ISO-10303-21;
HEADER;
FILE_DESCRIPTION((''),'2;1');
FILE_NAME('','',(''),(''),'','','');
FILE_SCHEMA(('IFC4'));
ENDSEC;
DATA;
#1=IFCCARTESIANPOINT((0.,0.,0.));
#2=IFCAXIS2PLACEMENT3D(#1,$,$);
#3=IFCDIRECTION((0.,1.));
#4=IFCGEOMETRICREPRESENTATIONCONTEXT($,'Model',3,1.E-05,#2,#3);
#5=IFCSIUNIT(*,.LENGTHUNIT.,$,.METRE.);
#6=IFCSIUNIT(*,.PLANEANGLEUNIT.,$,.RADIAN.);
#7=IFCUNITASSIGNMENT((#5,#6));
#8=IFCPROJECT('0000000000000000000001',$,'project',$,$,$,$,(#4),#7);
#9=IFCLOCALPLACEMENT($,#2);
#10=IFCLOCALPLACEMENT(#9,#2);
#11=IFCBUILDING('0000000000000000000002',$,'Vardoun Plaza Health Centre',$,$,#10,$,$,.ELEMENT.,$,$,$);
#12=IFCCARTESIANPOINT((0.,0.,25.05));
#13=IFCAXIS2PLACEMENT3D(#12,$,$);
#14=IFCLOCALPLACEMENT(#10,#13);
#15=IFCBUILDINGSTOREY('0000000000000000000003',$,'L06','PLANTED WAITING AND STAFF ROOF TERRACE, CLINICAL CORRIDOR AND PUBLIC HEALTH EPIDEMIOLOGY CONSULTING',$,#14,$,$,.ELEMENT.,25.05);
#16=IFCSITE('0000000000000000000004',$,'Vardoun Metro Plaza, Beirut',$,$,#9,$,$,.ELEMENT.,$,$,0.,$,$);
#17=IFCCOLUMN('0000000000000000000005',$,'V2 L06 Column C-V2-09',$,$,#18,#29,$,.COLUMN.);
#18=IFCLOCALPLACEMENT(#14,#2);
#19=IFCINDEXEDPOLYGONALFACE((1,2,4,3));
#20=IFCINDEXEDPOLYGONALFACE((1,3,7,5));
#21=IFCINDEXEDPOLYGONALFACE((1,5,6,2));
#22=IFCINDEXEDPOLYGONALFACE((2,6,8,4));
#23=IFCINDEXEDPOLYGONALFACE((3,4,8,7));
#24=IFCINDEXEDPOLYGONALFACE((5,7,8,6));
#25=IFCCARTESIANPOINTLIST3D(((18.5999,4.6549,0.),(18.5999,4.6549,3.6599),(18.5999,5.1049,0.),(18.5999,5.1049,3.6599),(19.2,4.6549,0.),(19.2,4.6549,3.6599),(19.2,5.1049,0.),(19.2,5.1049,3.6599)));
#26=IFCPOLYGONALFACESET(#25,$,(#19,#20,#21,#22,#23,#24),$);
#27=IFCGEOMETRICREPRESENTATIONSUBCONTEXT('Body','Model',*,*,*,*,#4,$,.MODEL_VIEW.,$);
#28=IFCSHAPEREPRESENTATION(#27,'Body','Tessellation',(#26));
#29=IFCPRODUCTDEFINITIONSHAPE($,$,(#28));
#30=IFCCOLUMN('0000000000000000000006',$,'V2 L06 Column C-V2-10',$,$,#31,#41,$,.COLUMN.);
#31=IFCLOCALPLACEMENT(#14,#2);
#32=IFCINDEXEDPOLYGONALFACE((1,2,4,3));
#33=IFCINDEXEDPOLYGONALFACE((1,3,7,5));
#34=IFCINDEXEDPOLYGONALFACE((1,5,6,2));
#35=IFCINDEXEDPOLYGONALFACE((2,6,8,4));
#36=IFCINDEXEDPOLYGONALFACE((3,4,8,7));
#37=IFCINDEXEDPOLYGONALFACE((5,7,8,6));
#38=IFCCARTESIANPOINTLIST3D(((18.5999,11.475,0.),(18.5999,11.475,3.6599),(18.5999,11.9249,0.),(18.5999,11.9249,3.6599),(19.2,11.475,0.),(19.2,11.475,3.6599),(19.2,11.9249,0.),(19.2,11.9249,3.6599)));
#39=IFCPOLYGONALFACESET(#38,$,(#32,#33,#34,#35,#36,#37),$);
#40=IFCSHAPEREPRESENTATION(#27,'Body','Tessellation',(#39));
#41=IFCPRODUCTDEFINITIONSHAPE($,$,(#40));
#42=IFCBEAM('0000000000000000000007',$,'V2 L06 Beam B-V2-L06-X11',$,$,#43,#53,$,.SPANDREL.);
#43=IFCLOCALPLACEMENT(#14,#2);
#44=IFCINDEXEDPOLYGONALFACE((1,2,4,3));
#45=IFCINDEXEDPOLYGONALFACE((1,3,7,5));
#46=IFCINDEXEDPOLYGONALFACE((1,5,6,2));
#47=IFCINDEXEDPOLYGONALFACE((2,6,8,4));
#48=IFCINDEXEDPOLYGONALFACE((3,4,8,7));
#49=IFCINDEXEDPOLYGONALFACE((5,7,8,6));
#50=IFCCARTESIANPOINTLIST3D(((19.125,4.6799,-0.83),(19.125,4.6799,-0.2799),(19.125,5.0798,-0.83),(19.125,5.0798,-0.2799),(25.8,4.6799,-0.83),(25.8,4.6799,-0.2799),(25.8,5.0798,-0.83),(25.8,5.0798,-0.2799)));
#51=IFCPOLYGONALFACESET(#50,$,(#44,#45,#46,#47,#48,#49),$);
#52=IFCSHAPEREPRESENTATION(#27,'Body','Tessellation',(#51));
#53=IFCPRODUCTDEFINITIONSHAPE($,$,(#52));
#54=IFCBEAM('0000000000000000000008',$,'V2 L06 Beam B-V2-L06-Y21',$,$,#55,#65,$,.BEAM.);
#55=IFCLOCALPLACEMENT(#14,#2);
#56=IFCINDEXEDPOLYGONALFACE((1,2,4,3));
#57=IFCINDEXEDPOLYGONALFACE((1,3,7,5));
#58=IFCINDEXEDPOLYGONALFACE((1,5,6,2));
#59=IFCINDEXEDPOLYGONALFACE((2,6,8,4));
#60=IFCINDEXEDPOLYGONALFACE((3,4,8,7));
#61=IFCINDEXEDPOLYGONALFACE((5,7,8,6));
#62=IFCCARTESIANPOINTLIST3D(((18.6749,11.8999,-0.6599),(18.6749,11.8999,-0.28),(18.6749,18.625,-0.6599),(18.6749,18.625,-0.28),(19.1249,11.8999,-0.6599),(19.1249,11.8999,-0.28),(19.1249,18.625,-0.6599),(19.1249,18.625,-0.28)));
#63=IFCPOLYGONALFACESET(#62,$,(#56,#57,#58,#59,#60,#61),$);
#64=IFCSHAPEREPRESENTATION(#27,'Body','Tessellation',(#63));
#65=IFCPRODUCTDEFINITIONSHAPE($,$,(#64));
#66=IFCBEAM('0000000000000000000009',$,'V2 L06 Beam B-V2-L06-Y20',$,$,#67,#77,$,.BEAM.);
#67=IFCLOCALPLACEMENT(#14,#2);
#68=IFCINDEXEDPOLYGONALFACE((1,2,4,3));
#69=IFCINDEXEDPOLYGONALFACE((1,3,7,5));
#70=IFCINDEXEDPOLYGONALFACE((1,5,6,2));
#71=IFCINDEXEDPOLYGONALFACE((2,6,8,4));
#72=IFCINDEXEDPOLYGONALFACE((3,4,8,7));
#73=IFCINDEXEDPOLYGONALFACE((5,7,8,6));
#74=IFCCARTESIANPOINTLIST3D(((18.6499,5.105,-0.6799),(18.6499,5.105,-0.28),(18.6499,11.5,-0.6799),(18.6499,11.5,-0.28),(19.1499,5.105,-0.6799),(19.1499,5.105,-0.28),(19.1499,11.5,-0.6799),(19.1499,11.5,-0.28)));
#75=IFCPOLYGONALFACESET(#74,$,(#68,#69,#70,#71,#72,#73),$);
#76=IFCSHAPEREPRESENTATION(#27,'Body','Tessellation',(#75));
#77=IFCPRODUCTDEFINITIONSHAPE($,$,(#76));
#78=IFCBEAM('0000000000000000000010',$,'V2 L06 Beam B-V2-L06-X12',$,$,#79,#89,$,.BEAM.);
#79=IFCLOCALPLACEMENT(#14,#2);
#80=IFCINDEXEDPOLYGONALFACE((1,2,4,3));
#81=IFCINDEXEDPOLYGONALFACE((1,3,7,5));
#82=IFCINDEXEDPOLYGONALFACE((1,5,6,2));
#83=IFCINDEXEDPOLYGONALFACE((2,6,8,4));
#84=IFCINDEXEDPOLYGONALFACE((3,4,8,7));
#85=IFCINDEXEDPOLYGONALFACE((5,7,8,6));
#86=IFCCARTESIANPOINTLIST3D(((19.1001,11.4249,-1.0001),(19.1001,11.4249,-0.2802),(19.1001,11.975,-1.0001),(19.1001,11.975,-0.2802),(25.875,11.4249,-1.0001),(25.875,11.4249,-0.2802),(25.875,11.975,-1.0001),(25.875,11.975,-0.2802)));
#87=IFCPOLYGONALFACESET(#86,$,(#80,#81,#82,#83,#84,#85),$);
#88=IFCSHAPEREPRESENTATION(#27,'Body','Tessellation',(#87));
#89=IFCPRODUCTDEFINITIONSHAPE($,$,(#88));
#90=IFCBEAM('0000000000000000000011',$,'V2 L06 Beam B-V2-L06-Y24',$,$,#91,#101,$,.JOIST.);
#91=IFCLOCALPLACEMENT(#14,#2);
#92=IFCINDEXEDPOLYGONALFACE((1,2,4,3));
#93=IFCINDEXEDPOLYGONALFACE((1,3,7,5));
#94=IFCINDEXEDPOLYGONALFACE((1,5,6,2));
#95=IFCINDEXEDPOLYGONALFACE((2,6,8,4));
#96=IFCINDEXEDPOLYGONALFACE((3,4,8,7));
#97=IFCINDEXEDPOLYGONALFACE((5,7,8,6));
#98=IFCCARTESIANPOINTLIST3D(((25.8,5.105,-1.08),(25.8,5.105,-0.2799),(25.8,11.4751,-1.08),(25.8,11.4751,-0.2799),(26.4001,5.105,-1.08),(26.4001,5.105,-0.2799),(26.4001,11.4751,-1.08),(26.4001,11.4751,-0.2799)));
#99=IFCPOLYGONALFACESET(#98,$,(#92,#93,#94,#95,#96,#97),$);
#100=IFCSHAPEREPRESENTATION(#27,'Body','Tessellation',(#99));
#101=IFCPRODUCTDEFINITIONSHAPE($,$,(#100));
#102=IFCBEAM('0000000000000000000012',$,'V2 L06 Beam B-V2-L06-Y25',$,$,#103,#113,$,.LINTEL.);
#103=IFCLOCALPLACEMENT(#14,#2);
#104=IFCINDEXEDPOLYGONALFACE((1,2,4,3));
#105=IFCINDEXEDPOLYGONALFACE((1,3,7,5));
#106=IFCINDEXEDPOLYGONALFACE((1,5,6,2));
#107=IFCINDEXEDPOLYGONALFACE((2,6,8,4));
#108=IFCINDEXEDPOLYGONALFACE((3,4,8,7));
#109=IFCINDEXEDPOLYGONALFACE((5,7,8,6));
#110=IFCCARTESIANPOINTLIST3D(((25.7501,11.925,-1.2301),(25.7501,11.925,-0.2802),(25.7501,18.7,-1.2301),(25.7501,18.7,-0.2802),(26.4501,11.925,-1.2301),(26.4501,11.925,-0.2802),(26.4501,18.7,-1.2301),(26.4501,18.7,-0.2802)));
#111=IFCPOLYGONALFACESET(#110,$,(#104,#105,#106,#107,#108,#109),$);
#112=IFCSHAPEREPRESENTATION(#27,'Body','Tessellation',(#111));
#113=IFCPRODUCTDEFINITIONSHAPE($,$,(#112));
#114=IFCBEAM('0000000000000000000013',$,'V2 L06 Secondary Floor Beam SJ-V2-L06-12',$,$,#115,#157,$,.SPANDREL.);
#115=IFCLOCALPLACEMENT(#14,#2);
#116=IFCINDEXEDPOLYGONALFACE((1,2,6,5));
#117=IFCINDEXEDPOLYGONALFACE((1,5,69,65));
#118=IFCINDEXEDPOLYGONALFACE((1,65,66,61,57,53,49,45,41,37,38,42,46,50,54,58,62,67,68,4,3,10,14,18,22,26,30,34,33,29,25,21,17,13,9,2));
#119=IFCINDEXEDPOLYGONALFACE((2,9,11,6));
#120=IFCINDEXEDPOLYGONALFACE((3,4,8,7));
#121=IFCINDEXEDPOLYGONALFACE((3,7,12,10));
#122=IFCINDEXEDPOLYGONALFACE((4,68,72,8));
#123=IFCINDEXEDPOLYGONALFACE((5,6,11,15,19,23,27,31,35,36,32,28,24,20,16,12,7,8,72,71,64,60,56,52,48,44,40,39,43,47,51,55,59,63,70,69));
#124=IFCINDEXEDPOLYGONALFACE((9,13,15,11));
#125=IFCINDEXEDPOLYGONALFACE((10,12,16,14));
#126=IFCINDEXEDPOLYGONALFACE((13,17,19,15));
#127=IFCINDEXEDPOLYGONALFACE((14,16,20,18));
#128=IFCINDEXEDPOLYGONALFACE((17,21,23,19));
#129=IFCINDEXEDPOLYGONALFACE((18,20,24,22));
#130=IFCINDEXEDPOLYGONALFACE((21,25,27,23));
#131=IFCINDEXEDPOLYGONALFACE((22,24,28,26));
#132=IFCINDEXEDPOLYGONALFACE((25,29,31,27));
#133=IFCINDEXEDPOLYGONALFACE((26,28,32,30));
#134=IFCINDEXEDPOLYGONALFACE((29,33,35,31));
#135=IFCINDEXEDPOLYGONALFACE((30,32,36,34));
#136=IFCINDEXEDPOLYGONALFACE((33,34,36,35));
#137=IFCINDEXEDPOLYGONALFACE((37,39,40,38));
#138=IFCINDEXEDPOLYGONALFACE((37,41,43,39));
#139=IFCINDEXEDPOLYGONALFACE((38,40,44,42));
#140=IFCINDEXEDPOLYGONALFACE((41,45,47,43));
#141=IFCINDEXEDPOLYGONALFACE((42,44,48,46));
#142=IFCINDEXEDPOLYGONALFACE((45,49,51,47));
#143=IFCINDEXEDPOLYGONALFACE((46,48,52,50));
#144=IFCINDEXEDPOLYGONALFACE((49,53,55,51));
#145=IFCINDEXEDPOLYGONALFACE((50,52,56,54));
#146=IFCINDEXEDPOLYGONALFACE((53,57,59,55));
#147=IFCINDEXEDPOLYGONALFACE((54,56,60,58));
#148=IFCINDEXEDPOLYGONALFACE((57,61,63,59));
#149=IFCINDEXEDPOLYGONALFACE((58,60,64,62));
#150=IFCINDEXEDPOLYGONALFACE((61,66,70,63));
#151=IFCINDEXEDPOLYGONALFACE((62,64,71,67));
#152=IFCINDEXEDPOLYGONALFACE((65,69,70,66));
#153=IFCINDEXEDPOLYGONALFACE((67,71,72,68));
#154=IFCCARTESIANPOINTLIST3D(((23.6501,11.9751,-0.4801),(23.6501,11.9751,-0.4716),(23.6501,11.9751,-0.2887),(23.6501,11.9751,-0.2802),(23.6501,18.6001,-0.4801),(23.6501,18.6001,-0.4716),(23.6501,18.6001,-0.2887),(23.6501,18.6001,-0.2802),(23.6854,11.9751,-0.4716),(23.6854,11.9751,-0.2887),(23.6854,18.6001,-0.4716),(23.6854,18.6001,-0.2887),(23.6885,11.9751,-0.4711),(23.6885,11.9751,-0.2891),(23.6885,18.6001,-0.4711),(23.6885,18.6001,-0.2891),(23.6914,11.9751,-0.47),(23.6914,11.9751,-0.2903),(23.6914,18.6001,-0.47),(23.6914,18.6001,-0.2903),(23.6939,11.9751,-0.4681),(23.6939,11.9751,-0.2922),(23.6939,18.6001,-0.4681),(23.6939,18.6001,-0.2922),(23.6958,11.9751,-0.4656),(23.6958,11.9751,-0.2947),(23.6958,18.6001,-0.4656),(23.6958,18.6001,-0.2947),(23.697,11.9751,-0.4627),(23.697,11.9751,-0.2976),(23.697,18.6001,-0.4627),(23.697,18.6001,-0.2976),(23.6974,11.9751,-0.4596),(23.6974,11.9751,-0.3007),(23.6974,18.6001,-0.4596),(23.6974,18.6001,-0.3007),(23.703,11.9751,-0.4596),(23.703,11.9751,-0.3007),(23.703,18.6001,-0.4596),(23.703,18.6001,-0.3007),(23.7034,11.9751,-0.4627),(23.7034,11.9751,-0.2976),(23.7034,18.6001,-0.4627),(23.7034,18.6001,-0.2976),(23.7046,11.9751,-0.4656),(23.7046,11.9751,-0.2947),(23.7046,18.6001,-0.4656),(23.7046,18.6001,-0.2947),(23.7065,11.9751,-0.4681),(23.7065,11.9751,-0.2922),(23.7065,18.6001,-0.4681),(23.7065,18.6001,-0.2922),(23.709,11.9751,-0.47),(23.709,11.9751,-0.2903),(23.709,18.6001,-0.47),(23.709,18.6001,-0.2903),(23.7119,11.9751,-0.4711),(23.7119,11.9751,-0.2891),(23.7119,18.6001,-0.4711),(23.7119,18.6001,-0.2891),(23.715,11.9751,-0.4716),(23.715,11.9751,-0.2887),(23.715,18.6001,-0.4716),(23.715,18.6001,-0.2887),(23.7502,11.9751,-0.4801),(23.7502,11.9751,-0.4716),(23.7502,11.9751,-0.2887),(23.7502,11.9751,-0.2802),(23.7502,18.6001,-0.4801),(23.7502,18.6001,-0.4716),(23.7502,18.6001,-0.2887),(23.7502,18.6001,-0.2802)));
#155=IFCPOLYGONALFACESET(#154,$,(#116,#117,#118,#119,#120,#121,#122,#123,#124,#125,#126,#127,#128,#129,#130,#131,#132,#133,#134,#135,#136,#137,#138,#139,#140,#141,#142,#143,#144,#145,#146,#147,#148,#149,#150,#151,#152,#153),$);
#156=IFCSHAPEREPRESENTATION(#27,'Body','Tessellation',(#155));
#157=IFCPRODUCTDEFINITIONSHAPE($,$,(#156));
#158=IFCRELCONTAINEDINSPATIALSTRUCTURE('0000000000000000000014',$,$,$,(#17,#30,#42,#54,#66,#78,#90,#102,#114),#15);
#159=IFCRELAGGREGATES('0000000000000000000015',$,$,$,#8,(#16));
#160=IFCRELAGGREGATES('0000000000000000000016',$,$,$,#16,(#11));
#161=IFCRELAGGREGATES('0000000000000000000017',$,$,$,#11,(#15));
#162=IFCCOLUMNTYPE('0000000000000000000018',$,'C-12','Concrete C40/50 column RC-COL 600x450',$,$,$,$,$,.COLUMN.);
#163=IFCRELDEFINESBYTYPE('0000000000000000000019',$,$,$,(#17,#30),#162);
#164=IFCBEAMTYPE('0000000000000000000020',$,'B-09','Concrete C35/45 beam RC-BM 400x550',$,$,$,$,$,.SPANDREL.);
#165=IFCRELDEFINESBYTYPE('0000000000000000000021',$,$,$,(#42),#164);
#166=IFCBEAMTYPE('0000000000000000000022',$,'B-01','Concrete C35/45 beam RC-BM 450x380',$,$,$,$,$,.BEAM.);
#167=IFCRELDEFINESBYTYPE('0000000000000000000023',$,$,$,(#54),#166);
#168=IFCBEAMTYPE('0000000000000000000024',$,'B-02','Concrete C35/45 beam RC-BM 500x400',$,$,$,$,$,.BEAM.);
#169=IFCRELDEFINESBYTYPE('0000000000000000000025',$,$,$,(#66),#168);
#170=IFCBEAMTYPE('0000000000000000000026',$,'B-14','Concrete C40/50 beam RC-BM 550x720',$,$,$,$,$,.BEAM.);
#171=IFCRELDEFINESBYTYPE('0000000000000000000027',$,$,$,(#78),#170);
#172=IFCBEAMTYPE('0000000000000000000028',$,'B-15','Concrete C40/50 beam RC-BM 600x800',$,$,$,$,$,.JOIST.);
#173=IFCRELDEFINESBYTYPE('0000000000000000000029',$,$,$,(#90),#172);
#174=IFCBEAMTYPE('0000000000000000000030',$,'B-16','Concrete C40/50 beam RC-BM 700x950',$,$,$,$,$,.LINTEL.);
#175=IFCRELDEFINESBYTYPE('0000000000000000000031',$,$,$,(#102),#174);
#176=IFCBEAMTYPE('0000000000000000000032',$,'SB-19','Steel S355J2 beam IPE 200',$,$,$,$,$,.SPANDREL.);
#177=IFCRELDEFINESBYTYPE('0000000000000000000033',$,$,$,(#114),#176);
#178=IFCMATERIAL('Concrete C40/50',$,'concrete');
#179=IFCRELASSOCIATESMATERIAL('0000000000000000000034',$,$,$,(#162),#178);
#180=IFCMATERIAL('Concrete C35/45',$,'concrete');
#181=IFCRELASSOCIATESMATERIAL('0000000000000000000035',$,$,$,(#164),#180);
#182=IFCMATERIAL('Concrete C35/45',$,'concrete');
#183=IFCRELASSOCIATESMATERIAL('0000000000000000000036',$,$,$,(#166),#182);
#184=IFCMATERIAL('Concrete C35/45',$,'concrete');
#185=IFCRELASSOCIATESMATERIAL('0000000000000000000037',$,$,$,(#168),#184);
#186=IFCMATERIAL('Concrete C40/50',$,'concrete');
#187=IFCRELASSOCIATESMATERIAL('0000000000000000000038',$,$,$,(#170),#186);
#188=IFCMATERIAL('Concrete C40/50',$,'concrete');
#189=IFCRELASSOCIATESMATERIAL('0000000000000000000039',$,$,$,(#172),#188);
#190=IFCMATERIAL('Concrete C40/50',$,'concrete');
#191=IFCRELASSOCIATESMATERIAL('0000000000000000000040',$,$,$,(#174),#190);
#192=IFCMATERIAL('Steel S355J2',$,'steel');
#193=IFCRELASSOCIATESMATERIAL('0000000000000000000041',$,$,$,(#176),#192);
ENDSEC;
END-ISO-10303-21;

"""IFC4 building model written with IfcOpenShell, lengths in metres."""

from ifc_helpers import new_model, si_unit, direction, frame, origin, origin_2d, place, context, subcontext, project, spatial, rectangle, i_section, extrude, material, material_profile, profile_set, type_object, element, save


model = new_model("IFC4")

# Units and contexts
model_context = context("Model", 3, precision=1e-05, world=origin(), true_north=direction((0.0, 1.0)))
body_context = subcontext(model_context, "Body", "Model", "MODEL_VIEW")
ifc_project = project(units=[si_unit("LENGTHUNIT", "METRE"), si_unit("PLANEANGLEUNIT", "RADIAN")], contexts=[model_context])

# Site, building, storey
site_placement = place(None, origin())
site = spatial("IfcSite", under=ifc_project, at=site_placement, Name="Vardoun Metro Plaza, Beirut", CompositionType="ELEMENT", RefElevation=0.0)
building_placement = place(site_placement, origin())
building = spatial("IfcBuilding", under=site, at=building_placement, Name="Vardoun Plaza Health Centre", CompositionType="ELEMENT")
storey_placement = place(building_placement, frame((0.0, 0.0, 25.05)))
storey = spatial("IfcBuildingStorey", under=building, at=storey_placement, Name="L06", Description="PLANTED WAITING AND STAFF ROOF TERRACE, CLINICAL CORRIDOR AND PUBLIC HEALTH EPIDEMIOLOGY CONSULTING", CompositionType="ELEMENT", Elevation=25.05)

# Columns
ifc_material_1 = material(Name="Concrete C40/50", Category="concrete")
ifc_material_profile_1 = material_profile(ifc_material_1, rectangle(XDim=0.6001, YDim=0.45, at=origin_2d()), Name="RC-COL 600x450")
ifc_profile_set_1 = profile_set([ifc_material_profile_1], Name="Concrete C40/50")
column_type = type_object("IfcColumnType", Name="C-12", Description="Concrete C40/50 column RC-COL 600x450", PredefinedType="COLUMN", material=ifc_profile_set_1)
for number, where, z_axis, x_axis, name in (
    (1, (18.8999, 4.8799, 0.0), (0.0, 0.0, 1.0), (1.0, 0.0, 0.0), "V2 L06 Column C-V2-09"),
    (2, (18.8999, 11.7, 0.0), (0.0, 0.0, 1.0), (1.0, 0.0, 0.0), "V2 L06 Column C-V2-10"),
):
    element("IfcColumn", number, at=place(storey_placement, frame(where, z_axis=z_axis, x_axis=x_axis)), inside=storey, type_object=column_type, Name=name, PredefinedType="COLUMN", context=body_context, shape_type="SweptSolid", body=[
        extrude(rectangle(XDim=0.6001, YDim=0.45, at=origin_2d()), origin(), (0.0, 0.0, 1.0), 3.6599),
    ])

# Beams
ifc_material_2 = material(Name="Concrete C35/45", Category="concrete")
ifc_material_profile_2 = material_profile(ifc_material_2, rectangle(XDim=0.3999, YDim=0.55, at=origin_2d()), Name="RC-BM 400x550")
ifc_profile_set_2 = profile_set([ifc_material_profile_2], Name="Concrete C35/45")
beam_type_1 = type_object("IfcBeamType", Name="B-09", Description="Concrete C35/45 beam RC-BM 400x550", PredefinedType="SPANDREL", material=ifc_profile_set_2)
beam_1_placement = place(storey_placement, frame((19.125, 4.8799, -0.5549), z_axis=(1.0, 0.0, 0.0), x_axis=(0.0, 1.0, 0.0)))
element("IfcBeam", 3, at=beam_1_placement, inside=storey, type_object=beam_type_1, Name="V2 L06 Beam B-V2-L06-X11", PredefinedType="SPANDREL", context=body_context, shape_type="SweptSolid", body=[
    extrude(rectangle(XDim=0.3999, YDim=0.55, at=origin_2d()), origin(), (0.0, 0.0, 1.0), 6.675),
])
ifc_material_3 = material(Name="Concrete C35/45", Category="concrete")
ifc_material_profile_3 = material_profile(ifc_material_3, rectangle(XDim=0.45, YDim=0.3799, at=origin_2d()), Name="RC-BM 450x380")
ifc_profile_set_3 = profile_set([ifc_material_profile_3], Name="Concrete C35/45")
beam_type_2 = type_object("IfcBeamType", Name="B-01", Description="Concrete C35/45 beam RC-BM 450x380", PredefinedType="BEAM", material=ifc_profile_set_3)
beam_2_placement = place(storey_placement, frame((18.8999, 11.8999, -0.47), z_axis=(0.0, 1.0, 0.0), x_axis=(-1.0, 0.0, 0.0)))
element("IfcBeam", 4, at=beam_2_placement, inside=storey, type_object=beam_type_2, Name="V2 L06 Beam B-V2-L06-Y21", PredefinedType="BEAM", context=body_context, shape_type="SweptSolid", body=[
    extrude(rectangle(XDim=0.45, YDim=0.3799, at=origin_2d()), origin(), (0.0, 0.0, 1.0), 6.7251),
])
ifc_material_4 = material(Name="Concrete C35/45", Category="concrete")
ifc_material_profile_4 = material_profile(ifc_material_4, rectangle(XDim=0.5, YDim=0.3999, at=origin_2d()), Name="RC-BM 500x400")
ifc_profile_set_4 = profile_set([ifc_material_profile_4], Name="Concrete C35/45")
beam_type_3 = type_object("IfcBeamType", Name="B-02", Description="Concrete C35/45 beam RC-BM 500x400", PredefinedType="BEAM", material=ifc_profile_set_4)
beam_3_placement = place(storey_placement, frame((18.8999, 5.105, -0.48), z_axis=(0.0, 1.0, 0.0), x_axis=(-1.0, 0.0, 0.0)))
element("IfcBeam", 5, at=beam_3_placement, inside=storey, type_object=beam_type_3, Name="V2 L06 Beam B-V2-L06-Y20", PredefinedType="BEAM", context=body_context, shape_type="SweptSolid", body=[
    extrude(rectangle(XDim=0.5, YDim=0.3999, at=origin_2d()), origin(), (0.0, 0.0, 1.0), 6.395),
])
ifc_material_5 = material(Name="Concrete C40/50", Category="concrete")
ifc_material_profile_5 = material_profile(ifc_material_5, rectangle(XDim=0.55, YDim=0.72, at=origin_2d()), Name="RC-BM 550x720")
ifc_profile_set_5 = profile_set([ifc_material_profile_5], Name="Concrete C40/50")
beam_type_4 = type_object("IfcBeamType", Name="B-14", Description="Concrete C40/50 beam RC-BM 550x720", PredefinedType="BEAM", material=ifc_profile_set_5)
beam_4_placement = place(storey_placement, frame((19.1001, 11.7, -0.6401), z_axis=(1.0, 0.0, 0.0), x_axis=(0.0, 1.0, 0.0)))
element("IfcBeam", 6, at=beam_4_placement, inside=storey, type_object=beam_type_4, Name="V2 L06 Beam B-V2-L06-X12", PredefinedType="BEAM", context=body_context, shape_type="SweptSolid", body=[
    extrude(rectangle(XDim=0.55, YDim=0.72, at=origin_2d()), origin(), (0.0, 0.0, 1.0), 6.7749),
])
ifc_material_6 = material(Name="Concrete C40/50", Category="concrete")
ifc_material_profile_6 = material_profile(ifc_material_6, rectangle(XDim=0.6001, YDim=0.8, at=origin_2d()), Name="RC-BM 600x800")
ifc_profile_set_6 = profile_set([ifc_material_profile_6], Name="Concrete C40/50")
beam_type_5 = type_object("IfcBeamType", Name="B-15", Description="Concrete C40/50 beam RC-BM 600x800", PredefinedType="JOIST", material=ifc_profile_set_6)
beam_5_placement = place(storey_placement, frame((26.1001, 5.105, -0.6799), z_axis=(0.0, 1.0, 0.0), x_axis=(-1.0, 0.0, 0.0)))
element("IfcBeam", 7, at=beam_5_placement, inside=storey, type_object=beam_type_5, Name="V2 L06 Beam B-V2-L06-Y24", PredefinedType="JOIST", context=body_context, shape_type="SweptSolid", body=[
    extrude(rectangle(XDim=0.6001, YDim=0.8, at=origin_2d()), origin(), (0.0, 0.0, 1.0), 6.3701),
])
ifc_material_7 = material(Name="Concrete C40/50", Category="concrete")
ifc_material_profile_7 = material_profile(ifc_material_7, rectangle(XDim=0.7, YDim=0.95, at=origin_2d()), Name="RC-BM 700x950")
ifc_profile_set_7 = profile_set([ifc_material_profile_7], Name="Concrete C40/50")
beam_type_6 = type_object("IfcBeamType", Name="B-16", Description="Concrete C40/50 beam RC-BM 700x950", PredefinedType="LINTEL", material=ifc_profile_set_7)
beam_6_placement = place(storey_placement, frame((26.1001, 11.925, -0.7551), z_axis=(0.0, 1.0, 0.0), x_axis=(-1.0, 0.0, 0.0)))
element("IfcBeam", 8, at=beam_6_placement, inside=storey, type_object=beam_type_6, Name="V2 L06 Beam B-V2-L06-Y25", PredefinedType="LINTEL", context=body_context, shape_type="SweptSolid", body=[
    extrude(rectangle(XDim=0.7, YDim=0.95, at=origin_2d()), origin(), (0.0, 0.0, 1.0), 6.7749),
])
ifc_material_8 = material(Name="Steel S355J2", Category="steel")
ifc_material_profile_8 = material_profile(ifc_material_8, i_section(OverallWidth=0.1001, OverallDepth=0.2, WebThickness=0.0056, FlangeThickness=0.0085, FilletRadius=0.012, at=origin_2d()), Name="IPE 200")
ifc_profile_set_8 = profile_set([ifc_material_profile_8], Name="Steel S355J2")
beam_type_7 = type_object("IfcBeamType", Name="SB-19", Description="Steel S355J2 beam IPE 200", PredefinedType="SPANDREL", material=ifc_profile_set_8)
beam_7_placement = place(storey_placement, frame((23.7002, 11.9751, -0.3801), z_axis=(0.0, 1.0, 0.0), x_axis=(-1.0, 0.0, 0.0)))
element("IfcBeam", 9, at=beam_7_placement, inside=storey, type_object=beam_type_7, Name="V2 L06 Secondary Floor Beam SJ-V2-L06-12", PredefinedType="SPANDREL", context=body_context, shape_type="SweptSolid", body=[
    extrude(i_section(OverallWidth=0.1001, OverallDepth=0.2, WebThickness=0.0056, FlangeThickness=0.0085, FilletRadius=0.012, at=origin_2d()), origin(), (0.0, 0.0, 1.0), 6.625),
])

save(model, "model.ifc")
